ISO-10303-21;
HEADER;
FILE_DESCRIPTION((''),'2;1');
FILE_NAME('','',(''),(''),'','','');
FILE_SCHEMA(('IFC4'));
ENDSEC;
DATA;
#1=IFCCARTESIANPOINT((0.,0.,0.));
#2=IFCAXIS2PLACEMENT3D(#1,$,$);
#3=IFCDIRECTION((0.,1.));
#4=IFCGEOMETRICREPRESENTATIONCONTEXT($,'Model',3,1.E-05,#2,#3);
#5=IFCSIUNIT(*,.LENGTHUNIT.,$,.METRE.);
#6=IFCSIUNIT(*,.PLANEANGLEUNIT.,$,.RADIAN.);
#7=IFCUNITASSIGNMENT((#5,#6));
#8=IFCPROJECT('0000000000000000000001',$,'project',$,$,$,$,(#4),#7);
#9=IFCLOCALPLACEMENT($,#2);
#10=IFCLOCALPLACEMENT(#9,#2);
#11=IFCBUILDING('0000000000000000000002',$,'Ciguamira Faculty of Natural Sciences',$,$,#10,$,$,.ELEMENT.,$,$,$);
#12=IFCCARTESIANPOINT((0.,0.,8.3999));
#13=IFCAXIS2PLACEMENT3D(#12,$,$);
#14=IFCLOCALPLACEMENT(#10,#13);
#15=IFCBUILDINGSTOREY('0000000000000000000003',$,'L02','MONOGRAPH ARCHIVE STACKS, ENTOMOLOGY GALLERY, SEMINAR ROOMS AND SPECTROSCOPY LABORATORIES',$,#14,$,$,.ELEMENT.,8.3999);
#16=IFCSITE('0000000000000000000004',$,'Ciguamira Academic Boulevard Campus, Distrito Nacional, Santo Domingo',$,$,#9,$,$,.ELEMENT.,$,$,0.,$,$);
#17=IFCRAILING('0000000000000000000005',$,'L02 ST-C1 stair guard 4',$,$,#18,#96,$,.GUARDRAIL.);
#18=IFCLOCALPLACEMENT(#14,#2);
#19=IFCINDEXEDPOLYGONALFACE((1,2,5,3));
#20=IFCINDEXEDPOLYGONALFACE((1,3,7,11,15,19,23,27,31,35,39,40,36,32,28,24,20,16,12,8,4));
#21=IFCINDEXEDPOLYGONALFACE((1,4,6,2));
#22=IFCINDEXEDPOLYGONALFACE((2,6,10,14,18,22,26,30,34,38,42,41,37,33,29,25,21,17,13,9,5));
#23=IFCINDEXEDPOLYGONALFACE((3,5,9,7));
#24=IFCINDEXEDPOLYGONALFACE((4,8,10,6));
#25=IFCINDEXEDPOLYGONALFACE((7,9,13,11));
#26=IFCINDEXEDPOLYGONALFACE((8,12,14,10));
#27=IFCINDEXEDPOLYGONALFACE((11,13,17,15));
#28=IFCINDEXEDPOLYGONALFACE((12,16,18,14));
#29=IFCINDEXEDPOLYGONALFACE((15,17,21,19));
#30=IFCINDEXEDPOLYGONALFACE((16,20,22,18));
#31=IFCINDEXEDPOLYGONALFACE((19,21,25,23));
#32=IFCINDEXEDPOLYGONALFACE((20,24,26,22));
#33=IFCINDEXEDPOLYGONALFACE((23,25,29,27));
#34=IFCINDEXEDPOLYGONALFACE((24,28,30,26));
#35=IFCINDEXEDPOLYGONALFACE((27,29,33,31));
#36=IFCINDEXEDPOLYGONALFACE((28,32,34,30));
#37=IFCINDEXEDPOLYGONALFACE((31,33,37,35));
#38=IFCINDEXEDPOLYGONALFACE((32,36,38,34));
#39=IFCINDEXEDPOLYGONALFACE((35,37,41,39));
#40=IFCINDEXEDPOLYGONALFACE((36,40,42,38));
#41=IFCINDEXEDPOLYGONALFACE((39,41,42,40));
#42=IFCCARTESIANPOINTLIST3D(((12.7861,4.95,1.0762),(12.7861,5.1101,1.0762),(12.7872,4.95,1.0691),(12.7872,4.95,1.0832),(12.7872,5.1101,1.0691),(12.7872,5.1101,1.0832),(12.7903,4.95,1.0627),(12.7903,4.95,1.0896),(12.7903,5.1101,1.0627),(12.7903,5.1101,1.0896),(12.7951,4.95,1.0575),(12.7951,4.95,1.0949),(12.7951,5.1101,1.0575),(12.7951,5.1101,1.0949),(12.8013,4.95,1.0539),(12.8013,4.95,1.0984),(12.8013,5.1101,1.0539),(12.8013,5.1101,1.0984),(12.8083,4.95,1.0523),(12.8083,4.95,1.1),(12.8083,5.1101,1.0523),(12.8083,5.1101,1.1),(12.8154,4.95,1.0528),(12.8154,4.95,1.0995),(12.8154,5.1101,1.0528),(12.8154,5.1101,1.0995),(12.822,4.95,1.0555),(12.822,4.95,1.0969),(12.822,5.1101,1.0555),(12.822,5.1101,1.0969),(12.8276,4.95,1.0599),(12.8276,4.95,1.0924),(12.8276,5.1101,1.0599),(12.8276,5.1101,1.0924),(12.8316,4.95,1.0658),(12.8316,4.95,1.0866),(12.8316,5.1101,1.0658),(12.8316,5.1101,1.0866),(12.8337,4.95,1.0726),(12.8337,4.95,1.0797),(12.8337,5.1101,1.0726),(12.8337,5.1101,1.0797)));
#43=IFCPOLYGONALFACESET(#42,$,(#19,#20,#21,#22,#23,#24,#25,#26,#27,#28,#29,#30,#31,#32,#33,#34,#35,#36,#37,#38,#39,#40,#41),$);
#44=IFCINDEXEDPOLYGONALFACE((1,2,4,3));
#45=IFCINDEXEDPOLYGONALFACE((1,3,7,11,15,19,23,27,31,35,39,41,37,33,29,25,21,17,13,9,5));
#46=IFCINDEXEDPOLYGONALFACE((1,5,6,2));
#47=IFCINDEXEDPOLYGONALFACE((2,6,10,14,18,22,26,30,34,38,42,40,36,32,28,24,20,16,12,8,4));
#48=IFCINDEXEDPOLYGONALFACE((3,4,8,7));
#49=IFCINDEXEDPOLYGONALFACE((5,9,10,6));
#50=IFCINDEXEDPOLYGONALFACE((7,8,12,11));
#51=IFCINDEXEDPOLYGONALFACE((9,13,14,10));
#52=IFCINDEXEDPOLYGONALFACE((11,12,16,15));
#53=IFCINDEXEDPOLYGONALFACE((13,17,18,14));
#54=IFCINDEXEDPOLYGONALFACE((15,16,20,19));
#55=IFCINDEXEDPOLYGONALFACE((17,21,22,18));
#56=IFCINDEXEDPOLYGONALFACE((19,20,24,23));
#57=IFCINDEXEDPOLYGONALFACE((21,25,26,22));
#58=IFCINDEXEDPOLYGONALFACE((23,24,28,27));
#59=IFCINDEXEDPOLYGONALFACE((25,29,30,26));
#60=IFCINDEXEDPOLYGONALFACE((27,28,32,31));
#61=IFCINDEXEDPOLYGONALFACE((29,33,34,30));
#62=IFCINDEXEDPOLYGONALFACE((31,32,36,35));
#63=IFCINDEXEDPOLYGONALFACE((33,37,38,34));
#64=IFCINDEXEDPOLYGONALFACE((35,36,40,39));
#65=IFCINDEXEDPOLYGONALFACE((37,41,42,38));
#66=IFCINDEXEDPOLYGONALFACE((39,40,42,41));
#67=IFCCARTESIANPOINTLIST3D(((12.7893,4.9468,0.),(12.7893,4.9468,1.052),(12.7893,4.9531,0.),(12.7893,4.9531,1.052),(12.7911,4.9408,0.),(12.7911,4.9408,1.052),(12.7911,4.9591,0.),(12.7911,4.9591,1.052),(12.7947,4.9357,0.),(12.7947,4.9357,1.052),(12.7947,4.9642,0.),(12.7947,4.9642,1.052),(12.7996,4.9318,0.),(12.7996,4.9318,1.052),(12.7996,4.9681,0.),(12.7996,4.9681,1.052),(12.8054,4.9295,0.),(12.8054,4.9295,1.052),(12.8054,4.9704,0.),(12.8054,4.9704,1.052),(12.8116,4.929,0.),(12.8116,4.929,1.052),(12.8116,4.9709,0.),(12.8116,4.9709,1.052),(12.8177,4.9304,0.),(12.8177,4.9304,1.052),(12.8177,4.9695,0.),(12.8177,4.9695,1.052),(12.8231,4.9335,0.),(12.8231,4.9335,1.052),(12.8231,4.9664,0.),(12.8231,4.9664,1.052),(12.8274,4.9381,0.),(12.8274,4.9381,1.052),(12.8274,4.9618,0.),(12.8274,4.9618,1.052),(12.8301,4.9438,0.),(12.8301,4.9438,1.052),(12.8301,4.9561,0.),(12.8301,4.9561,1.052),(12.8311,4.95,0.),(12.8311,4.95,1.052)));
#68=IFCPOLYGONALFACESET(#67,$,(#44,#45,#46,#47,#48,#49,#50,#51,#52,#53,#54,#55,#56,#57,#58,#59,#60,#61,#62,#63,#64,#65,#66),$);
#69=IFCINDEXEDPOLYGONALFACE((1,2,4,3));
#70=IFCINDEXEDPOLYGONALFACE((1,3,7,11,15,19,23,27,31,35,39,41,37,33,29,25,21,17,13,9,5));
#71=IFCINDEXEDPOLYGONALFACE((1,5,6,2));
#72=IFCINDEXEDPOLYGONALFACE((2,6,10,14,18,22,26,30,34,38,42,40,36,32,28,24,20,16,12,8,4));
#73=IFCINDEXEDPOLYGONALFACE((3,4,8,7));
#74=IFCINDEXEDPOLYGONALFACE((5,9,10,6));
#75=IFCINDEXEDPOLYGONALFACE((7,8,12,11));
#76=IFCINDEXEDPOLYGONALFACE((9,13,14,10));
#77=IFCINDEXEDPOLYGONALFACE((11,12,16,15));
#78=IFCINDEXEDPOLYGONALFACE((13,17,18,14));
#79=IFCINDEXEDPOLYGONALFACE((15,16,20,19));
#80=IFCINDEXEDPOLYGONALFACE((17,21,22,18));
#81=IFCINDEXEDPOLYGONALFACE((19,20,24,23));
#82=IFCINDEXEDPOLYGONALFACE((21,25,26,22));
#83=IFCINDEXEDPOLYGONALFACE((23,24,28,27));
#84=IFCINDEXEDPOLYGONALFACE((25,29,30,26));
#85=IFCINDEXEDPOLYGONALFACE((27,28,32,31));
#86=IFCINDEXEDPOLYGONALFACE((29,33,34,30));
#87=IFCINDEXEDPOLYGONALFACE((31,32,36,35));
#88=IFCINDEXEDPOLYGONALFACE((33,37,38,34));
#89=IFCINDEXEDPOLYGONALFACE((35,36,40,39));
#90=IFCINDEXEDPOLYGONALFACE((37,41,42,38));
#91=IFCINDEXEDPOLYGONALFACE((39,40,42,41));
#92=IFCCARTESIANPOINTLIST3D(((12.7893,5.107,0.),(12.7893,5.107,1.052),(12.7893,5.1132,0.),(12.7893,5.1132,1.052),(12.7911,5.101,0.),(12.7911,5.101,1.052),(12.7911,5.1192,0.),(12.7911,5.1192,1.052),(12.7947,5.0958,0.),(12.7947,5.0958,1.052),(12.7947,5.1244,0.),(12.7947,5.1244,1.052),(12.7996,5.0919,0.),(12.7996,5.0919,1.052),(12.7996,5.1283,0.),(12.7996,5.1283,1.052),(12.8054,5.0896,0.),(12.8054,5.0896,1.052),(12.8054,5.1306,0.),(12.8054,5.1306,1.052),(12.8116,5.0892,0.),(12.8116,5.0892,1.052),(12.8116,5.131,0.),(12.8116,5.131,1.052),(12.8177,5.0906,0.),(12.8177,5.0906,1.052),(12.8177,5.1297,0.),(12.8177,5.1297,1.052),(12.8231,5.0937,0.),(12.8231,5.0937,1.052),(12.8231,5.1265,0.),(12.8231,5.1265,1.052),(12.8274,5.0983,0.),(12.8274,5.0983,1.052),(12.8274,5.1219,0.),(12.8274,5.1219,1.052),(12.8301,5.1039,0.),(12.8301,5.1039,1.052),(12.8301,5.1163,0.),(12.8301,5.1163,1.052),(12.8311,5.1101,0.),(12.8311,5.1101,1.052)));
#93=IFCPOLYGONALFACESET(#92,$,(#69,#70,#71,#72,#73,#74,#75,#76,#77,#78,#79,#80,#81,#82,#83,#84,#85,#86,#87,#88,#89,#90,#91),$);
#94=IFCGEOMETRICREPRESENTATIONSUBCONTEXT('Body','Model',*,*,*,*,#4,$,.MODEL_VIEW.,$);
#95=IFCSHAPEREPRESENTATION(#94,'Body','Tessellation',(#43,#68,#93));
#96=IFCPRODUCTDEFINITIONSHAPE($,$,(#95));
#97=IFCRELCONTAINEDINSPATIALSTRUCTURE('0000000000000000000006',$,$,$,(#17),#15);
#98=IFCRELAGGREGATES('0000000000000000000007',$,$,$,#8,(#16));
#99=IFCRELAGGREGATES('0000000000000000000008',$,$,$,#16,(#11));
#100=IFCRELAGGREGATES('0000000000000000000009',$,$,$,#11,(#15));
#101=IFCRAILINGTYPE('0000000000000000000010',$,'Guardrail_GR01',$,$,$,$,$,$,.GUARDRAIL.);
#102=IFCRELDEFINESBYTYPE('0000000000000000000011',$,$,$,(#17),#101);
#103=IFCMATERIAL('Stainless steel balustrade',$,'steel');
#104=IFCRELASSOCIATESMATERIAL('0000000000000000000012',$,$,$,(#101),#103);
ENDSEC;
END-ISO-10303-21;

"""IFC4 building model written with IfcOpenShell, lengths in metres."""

from ifc_helpers import new_model, si_unit, direction, frame, origin, origin_2d, place, context, subcontext, project, spatial, circle, extrude, material, type_object, element, save


model = new_model("IFC4")

# Units and contexts
model_context = context("Model", 3, precision=1e-05, world=origin(), true_north=direction((0.0, 1.0)))
body_context = subcontext(model_context, "Body", "Model", "MODEL_VIEW")
ifc_project = project(units=[si_unit("LENGTHUNIT", "METRE"), si_unit("PLANEANGLEUNIT", "RADIAN")], contexts=[model_context])

# Site, building, storey
site_placement = place(None, origin())
site = spatial("IfcSite", under=ifc_project, at=site_placement, Name="Ciguamira Academic Boulevard Campus, Distrito Nacional, Santo Domingo", CompositionType="ELEMENT", RefElevation=0.0)
building_placement = place(site_placement, origin())
building = spatial("IfcBuilding", under=site, at=building_placement, Name="Ciguamira Faculty of Natural Sciences", CompositionType="ELEMENT")
storey_placement = place(building_placement, frame((0.0, 0.0, 8.3999)))
storey = spatial("IfcBuildingStorey", under=building, at=storey_placement, Name="L02", Description="MONOGRAPH ARCHIVE STACKS, ENTOMOLOGY GALLERY, SEMINAR ROOMS AND SPECTROSCOPY LABORATORIES", CompositionType="ELEMENT", Elevation=8.3999)

# Railing
ifc_material_1 = material(Name="Stainless steel balustrade", Category="steel")
railing_type = type_object("IfcRailingType", Name="Guardrail_GR01", PredefinedType="GUARDRAIL", material=ifc_material_1)
railing_1_placement = place(storey_placement, frame((12.8101, 4.95, 0.0)))
element("IfcRailing", 1, at=railing_1_placement, inside=storey, type_object=railing_type, Name="L02 ST-C1 stair guard 4", PredefinedType="GUARDRAIL", context=body_context, shape_type="SweptSolid", body=[
    extrude(circle(Radius=0.0239, at=origin_2d()), frame((0.0, 0.0, 1.0762), z_axis=(0.0, 1.0, 0.0), x_axis=(-1.0, 0.0, 0.0)), (0.0, 0.0, 1.0), 0.1602),
    extrude(circle(Radius=0.021, at=origin_2d()), origin(), (0.0, 0.0, 1.0), 1.052),
    extrude(circle(Radius=0.021, at=origin_2d()), frame((0.0, 0.1602, 0.0)), (0.0, 0.0, 1.0), 1.052),
])

save(model, "model.ifc")
